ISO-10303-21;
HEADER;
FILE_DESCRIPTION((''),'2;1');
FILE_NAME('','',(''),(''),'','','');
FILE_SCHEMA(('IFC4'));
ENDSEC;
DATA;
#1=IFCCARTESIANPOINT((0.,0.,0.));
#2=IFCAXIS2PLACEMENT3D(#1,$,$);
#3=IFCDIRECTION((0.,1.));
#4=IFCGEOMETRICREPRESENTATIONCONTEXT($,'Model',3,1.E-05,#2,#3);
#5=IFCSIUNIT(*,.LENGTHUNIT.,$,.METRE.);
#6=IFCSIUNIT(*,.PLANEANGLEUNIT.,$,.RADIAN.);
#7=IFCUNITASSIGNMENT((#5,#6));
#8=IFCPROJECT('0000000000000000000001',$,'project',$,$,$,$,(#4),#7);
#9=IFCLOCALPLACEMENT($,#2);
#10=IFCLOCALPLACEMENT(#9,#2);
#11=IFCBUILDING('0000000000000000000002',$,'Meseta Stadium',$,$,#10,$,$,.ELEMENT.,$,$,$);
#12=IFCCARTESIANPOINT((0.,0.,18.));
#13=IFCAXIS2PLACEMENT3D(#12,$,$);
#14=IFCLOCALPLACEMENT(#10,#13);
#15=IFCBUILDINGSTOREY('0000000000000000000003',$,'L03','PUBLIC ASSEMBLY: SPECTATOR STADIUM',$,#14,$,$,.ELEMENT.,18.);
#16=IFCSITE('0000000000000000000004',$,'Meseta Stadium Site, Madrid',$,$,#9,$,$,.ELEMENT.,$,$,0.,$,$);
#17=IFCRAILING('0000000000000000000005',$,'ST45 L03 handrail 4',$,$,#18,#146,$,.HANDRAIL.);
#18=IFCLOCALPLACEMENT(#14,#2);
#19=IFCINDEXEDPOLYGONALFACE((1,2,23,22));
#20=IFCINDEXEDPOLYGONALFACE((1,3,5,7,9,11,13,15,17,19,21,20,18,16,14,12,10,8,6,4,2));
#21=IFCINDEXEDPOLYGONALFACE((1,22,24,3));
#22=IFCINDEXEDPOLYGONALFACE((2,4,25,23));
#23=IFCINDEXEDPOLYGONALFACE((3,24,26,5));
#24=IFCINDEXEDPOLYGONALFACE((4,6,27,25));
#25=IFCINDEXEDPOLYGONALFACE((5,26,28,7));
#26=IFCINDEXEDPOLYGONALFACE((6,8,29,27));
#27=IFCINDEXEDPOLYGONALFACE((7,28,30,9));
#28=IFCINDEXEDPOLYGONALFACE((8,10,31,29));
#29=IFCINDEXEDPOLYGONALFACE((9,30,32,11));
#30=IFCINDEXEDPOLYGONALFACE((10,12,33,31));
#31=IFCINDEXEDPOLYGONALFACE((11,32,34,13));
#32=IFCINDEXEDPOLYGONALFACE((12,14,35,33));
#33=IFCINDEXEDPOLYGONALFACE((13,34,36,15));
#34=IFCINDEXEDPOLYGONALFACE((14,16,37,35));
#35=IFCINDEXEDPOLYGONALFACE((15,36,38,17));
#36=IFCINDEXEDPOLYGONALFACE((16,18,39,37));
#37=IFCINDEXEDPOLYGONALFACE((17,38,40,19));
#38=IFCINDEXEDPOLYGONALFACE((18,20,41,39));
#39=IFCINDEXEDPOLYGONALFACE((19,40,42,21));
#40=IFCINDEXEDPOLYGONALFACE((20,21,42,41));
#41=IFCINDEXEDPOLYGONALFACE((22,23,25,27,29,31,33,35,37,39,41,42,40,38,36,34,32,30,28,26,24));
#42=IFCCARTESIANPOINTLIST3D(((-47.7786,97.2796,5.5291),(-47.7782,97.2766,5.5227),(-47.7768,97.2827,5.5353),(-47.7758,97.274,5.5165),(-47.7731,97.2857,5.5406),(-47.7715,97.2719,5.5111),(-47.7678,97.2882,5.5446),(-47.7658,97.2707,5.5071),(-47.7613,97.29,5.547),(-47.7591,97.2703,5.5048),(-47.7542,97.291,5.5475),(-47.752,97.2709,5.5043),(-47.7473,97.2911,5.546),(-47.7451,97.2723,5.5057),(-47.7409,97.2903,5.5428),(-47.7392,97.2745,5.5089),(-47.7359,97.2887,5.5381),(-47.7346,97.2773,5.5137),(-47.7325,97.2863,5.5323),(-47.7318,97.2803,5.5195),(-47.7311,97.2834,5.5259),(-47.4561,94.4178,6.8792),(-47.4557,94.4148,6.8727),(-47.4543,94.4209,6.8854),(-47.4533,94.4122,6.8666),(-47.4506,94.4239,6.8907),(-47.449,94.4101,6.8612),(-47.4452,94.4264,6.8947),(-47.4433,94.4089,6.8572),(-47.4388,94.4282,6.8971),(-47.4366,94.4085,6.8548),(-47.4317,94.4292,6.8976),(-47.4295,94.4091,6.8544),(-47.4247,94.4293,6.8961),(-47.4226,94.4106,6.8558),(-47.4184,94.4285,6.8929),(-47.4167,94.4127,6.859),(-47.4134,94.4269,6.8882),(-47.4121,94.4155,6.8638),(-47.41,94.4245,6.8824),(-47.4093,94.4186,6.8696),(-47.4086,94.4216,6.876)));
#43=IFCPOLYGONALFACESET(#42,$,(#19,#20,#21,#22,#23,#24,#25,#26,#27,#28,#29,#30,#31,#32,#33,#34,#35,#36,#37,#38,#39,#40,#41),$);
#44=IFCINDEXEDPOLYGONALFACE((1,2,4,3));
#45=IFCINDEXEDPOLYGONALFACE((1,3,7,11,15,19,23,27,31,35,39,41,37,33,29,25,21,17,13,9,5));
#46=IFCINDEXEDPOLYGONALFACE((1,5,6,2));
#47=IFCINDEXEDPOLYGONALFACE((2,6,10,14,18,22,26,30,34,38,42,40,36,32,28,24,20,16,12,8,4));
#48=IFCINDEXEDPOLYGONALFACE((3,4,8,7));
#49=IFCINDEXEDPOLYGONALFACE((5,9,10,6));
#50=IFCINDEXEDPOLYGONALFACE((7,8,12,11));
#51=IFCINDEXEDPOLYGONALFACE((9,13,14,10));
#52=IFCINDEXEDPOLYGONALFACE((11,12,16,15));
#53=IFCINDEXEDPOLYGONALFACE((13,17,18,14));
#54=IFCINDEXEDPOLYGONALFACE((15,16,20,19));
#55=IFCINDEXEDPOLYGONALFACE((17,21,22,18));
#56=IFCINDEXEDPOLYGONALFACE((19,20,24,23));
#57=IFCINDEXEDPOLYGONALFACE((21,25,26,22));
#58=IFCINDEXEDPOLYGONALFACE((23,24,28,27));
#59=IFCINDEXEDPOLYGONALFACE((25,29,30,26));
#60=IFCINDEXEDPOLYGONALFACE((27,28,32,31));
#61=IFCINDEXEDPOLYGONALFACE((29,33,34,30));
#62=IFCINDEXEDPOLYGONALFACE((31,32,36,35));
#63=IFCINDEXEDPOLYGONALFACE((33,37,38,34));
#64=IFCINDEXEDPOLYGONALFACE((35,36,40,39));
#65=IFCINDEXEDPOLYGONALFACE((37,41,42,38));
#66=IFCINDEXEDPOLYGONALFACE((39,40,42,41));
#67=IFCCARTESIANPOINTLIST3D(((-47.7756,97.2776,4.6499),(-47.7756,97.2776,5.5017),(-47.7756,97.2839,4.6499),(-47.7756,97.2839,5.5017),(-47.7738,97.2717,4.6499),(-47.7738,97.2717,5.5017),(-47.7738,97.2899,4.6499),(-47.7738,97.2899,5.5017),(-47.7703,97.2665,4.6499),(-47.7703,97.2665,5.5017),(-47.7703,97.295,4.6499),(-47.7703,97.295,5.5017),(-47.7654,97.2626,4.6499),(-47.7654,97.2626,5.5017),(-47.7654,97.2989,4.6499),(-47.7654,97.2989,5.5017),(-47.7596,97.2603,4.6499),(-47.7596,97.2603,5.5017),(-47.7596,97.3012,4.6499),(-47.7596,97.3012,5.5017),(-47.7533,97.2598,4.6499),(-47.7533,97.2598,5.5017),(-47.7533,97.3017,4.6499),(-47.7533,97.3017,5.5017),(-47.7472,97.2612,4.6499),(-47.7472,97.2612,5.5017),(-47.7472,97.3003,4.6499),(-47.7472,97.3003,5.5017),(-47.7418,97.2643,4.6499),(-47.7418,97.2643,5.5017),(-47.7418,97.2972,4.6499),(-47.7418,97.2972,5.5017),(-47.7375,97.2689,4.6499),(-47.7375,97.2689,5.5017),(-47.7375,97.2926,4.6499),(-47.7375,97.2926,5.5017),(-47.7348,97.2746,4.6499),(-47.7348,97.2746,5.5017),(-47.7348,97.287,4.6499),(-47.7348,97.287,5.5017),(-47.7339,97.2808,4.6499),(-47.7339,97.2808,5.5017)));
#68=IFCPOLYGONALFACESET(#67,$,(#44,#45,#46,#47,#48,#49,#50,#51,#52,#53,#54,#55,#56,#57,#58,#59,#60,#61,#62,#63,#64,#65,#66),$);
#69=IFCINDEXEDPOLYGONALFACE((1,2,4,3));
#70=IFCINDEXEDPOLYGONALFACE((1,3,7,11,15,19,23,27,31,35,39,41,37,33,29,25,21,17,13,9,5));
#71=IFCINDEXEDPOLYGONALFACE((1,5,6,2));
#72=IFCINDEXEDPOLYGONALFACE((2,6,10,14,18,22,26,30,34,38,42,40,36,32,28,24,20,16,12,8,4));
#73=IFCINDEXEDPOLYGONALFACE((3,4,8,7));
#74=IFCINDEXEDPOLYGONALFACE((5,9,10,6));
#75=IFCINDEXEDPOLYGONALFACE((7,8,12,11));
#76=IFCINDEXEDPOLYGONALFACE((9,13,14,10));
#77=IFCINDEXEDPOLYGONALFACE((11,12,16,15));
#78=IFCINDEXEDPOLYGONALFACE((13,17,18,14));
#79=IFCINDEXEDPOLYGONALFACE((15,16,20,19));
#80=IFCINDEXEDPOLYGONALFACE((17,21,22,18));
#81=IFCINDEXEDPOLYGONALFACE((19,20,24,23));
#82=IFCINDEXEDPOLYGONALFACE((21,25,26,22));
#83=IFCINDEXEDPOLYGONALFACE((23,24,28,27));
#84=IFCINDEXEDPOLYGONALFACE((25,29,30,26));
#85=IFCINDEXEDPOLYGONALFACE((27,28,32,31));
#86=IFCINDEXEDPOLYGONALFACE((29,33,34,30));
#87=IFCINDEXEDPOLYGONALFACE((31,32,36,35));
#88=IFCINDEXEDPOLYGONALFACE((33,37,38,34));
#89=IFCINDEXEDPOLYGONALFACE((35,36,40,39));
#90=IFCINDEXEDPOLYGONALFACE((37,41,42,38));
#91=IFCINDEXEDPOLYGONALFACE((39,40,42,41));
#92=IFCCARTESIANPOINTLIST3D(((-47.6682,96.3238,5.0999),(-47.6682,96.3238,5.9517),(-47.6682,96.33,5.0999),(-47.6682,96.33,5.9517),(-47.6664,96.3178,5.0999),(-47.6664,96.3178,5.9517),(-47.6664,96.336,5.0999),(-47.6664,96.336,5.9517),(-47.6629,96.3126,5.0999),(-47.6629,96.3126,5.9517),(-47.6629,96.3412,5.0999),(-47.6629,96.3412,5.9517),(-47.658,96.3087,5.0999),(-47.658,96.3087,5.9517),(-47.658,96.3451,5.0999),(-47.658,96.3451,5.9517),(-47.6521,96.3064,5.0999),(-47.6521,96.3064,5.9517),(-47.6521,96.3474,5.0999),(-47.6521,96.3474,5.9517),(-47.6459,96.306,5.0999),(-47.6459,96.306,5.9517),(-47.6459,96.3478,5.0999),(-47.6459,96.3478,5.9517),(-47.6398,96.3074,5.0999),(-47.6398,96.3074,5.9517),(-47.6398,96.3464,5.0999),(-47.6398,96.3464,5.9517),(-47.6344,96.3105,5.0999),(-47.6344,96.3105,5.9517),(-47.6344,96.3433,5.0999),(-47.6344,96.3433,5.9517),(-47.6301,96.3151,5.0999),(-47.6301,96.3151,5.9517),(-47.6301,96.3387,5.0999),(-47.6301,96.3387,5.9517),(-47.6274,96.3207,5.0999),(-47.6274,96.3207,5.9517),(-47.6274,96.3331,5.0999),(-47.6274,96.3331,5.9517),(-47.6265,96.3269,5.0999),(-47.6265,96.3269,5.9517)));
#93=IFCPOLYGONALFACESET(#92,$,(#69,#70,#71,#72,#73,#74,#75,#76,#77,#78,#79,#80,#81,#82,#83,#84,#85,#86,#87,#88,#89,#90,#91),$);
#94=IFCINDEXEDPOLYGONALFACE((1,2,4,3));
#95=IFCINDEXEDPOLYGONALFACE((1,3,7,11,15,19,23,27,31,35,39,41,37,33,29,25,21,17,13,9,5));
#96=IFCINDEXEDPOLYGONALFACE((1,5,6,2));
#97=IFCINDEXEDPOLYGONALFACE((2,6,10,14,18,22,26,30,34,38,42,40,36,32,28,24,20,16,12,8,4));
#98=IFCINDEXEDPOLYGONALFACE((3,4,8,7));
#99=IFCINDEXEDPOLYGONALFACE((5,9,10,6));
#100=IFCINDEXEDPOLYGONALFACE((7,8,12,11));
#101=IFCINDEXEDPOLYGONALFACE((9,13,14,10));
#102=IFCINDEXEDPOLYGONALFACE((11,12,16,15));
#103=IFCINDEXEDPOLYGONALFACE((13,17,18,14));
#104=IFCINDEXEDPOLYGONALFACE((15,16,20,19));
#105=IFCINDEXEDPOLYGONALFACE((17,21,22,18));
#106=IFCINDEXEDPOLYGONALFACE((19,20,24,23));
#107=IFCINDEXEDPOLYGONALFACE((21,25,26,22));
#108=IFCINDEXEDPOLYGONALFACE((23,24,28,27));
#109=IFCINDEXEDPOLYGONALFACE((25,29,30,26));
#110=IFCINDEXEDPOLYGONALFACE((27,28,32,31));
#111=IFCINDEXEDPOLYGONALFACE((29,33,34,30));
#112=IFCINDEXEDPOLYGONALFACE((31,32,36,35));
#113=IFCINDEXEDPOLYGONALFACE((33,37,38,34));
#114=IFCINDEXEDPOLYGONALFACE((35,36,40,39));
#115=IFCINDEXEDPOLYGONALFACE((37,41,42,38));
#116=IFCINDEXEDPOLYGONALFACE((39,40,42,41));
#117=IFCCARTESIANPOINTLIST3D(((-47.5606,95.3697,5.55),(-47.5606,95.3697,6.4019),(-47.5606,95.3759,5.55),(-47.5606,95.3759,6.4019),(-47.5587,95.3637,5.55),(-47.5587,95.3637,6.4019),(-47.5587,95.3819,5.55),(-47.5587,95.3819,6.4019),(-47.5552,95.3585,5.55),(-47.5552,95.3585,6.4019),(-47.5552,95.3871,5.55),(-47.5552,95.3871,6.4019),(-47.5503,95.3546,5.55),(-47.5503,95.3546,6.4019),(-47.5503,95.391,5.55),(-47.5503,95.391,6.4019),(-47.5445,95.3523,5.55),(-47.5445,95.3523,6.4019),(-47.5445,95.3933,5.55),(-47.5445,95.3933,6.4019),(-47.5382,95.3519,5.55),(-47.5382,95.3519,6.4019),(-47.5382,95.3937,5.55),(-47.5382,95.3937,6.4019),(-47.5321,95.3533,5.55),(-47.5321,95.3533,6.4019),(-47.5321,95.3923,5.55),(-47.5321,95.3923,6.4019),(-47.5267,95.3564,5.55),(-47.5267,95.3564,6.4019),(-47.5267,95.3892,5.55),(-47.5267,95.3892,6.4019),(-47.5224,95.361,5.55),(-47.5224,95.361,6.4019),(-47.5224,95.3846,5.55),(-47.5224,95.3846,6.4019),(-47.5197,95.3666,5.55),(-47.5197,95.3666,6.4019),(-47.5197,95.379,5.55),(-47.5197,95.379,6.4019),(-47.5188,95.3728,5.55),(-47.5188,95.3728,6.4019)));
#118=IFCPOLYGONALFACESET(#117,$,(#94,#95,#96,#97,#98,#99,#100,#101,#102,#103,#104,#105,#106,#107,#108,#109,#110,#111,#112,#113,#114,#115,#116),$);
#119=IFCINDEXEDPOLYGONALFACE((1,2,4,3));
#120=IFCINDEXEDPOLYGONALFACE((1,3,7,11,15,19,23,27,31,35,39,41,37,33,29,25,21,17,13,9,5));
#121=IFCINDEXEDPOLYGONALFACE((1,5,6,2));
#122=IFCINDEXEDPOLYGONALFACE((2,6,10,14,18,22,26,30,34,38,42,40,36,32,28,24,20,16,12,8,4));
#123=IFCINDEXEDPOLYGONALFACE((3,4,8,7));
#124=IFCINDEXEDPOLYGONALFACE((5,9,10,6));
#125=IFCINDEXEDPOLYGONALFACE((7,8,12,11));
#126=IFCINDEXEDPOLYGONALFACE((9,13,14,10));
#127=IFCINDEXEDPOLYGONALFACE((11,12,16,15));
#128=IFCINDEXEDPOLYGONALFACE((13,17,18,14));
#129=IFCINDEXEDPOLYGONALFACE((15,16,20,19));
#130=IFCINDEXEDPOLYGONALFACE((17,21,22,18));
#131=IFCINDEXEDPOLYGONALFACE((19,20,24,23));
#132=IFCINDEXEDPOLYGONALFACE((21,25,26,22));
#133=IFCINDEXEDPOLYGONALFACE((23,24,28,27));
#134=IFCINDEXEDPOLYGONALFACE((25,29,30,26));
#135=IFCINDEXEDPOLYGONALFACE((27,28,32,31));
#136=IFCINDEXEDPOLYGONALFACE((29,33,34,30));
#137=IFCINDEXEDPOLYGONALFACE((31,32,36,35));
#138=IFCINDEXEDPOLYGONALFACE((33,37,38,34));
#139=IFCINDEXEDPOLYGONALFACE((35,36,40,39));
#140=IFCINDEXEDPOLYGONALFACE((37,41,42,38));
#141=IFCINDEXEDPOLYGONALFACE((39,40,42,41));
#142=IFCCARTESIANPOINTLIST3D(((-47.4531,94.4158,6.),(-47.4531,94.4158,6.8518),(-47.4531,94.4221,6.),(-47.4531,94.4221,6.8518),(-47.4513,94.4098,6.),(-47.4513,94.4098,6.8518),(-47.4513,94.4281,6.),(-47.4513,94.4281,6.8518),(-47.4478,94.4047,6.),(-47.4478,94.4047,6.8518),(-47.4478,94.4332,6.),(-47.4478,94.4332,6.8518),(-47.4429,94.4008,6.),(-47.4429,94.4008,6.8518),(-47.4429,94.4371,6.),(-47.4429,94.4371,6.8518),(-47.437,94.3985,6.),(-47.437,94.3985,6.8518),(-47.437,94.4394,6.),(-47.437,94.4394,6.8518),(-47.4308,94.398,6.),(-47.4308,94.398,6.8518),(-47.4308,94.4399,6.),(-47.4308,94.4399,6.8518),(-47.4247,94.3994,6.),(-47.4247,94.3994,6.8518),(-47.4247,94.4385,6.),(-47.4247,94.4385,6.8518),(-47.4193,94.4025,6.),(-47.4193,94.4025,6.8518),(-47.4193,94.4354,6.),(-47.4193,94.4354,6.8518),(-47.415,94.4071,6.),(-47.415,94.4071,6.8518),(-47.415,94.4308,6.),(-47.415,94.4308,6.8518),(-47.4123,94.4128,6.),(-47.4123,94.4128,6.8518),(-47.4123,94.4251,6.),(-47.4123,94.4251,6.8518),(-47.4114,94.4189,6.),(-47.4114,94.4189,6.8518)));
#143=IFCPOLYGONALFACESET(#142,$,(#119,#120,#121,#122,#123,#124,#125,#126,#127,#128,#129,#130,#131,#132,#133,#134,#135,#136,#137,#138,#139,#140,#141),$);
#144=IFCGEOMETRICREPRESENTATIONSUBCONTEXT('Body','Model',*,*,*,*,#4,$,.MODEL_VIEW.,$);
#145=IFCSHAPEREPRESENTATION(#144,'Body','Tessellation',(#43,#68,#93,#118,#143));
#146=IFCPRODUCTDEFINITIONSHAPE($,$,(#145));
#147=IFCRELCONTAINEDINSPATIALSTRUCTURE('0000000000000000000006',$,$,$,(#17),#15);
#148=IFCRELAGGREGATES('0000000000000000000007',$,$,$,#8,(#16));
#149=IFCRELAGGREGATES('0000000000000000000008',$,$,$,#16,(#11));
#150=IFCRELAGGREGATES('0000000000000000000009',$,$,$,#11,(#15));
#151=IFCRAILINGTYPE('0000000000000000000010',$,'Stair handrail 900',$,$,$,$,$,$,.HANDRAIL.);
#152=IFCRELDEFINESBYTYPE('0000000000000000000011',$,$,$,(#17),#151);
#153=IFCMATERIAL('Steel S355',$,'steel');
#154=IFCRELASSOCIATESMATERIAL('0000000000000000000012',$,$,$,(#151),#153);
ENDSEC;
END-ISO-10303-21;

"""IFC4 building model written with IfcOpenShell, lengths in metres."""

from ifc_helpers import new_model, si_unit, direction, frame, origin, origin_2d, place, context, subcontext, project, spatial, circle, extrude, material, type_object, element, save


model = new_model("IFC4")

# Units and contexts
model_context = context("Model", 3, precision=1e-05, world=origin(), true_north=direction((0.0, 1.0)))
body_context = subcontext(model_context, "Body", "Model", "MODEL_VIEW")
ifc_project = project(units=[si_unit("LENGTHUNIT", "METRE"), si_unit("PLANEANGLEUNIT", "RADIAN")], contexts=[model_context])

# Site, building, storey
site_placement = place(None, origin())
site = spatial("IfcSite", under=ifc_project, at=site_placement, Name="Meseta Stadium Site, Madrid", CompositionType="ELEMENT", RefElevation=0.0)
building_placement = place(site_placement, origin())
building = spatial("IfcBuilding", under=site, at=building_placement, Name="Meseta Stadium", CompositionType="ELEMENT")
storey_placement = place(building_placement, frame((0.0, 0.0, 18.0)))
storey = spatial("IfcBuildingStorey", under=building, at=storey_placement, Name="L03", Description="PUBLIC ASSEMBLY: SPECTATOR STADIUM", CompositionType="ELEMENT", Elevation=18.0)

# Railing
ifc_material_1 = material(Name="Steel S355", Category="steel")
railing_type_1 = type_object("IfcRailingType", Name="Stair handrail 900", PredefinedType="HANDRAIL", material=ifc_material_1)
railing_1_placement = place(storey_placement, frame((-47.7549, 97.2808, 4.6499)))
element("IfcRailing", 1, at=railing_1_placement, inside=storey, type_object=railing_type_1, Name="ST45 L03 handrail 4", PredefinedType="HANDRAIL", context=body_context, shape_type="SweptSolid", body=[
    extrude(circle(Radius=0.0239, at=origin_2d()), frame((0.0, 0.0, 0.876), z_axis=(0.101396, -0.899748, 0.424467), x_axis=(0.99371, 0.111985, 0.0)), (0.0, 0.0, 1.0), 3.1807),
    extrude(circle(Radius=0.021, at=origin_2d()), origin(), (0.0, 0.0, 1.0), 0.8518),
    extrude(circle(Radius=0.021, at=origin_2d()), frame((0.1074, -0.9539, 0.45)), (0.0, 0.0, 1.0), 0.8518),
    extrude(circle(Radius=0.021, at=origin_2d()), frame((0.2151, -1.908, 0.9001)), (0.0, 0.0, 1.0), 0.8518),
    extrude(circle(Radius=0.021, at=origin_2d()), frame((0.3225, -2.8618, 1.3501)), (0.0, 0.0, 1.0), 0.8518),
])

save(model, "model.ifc")
